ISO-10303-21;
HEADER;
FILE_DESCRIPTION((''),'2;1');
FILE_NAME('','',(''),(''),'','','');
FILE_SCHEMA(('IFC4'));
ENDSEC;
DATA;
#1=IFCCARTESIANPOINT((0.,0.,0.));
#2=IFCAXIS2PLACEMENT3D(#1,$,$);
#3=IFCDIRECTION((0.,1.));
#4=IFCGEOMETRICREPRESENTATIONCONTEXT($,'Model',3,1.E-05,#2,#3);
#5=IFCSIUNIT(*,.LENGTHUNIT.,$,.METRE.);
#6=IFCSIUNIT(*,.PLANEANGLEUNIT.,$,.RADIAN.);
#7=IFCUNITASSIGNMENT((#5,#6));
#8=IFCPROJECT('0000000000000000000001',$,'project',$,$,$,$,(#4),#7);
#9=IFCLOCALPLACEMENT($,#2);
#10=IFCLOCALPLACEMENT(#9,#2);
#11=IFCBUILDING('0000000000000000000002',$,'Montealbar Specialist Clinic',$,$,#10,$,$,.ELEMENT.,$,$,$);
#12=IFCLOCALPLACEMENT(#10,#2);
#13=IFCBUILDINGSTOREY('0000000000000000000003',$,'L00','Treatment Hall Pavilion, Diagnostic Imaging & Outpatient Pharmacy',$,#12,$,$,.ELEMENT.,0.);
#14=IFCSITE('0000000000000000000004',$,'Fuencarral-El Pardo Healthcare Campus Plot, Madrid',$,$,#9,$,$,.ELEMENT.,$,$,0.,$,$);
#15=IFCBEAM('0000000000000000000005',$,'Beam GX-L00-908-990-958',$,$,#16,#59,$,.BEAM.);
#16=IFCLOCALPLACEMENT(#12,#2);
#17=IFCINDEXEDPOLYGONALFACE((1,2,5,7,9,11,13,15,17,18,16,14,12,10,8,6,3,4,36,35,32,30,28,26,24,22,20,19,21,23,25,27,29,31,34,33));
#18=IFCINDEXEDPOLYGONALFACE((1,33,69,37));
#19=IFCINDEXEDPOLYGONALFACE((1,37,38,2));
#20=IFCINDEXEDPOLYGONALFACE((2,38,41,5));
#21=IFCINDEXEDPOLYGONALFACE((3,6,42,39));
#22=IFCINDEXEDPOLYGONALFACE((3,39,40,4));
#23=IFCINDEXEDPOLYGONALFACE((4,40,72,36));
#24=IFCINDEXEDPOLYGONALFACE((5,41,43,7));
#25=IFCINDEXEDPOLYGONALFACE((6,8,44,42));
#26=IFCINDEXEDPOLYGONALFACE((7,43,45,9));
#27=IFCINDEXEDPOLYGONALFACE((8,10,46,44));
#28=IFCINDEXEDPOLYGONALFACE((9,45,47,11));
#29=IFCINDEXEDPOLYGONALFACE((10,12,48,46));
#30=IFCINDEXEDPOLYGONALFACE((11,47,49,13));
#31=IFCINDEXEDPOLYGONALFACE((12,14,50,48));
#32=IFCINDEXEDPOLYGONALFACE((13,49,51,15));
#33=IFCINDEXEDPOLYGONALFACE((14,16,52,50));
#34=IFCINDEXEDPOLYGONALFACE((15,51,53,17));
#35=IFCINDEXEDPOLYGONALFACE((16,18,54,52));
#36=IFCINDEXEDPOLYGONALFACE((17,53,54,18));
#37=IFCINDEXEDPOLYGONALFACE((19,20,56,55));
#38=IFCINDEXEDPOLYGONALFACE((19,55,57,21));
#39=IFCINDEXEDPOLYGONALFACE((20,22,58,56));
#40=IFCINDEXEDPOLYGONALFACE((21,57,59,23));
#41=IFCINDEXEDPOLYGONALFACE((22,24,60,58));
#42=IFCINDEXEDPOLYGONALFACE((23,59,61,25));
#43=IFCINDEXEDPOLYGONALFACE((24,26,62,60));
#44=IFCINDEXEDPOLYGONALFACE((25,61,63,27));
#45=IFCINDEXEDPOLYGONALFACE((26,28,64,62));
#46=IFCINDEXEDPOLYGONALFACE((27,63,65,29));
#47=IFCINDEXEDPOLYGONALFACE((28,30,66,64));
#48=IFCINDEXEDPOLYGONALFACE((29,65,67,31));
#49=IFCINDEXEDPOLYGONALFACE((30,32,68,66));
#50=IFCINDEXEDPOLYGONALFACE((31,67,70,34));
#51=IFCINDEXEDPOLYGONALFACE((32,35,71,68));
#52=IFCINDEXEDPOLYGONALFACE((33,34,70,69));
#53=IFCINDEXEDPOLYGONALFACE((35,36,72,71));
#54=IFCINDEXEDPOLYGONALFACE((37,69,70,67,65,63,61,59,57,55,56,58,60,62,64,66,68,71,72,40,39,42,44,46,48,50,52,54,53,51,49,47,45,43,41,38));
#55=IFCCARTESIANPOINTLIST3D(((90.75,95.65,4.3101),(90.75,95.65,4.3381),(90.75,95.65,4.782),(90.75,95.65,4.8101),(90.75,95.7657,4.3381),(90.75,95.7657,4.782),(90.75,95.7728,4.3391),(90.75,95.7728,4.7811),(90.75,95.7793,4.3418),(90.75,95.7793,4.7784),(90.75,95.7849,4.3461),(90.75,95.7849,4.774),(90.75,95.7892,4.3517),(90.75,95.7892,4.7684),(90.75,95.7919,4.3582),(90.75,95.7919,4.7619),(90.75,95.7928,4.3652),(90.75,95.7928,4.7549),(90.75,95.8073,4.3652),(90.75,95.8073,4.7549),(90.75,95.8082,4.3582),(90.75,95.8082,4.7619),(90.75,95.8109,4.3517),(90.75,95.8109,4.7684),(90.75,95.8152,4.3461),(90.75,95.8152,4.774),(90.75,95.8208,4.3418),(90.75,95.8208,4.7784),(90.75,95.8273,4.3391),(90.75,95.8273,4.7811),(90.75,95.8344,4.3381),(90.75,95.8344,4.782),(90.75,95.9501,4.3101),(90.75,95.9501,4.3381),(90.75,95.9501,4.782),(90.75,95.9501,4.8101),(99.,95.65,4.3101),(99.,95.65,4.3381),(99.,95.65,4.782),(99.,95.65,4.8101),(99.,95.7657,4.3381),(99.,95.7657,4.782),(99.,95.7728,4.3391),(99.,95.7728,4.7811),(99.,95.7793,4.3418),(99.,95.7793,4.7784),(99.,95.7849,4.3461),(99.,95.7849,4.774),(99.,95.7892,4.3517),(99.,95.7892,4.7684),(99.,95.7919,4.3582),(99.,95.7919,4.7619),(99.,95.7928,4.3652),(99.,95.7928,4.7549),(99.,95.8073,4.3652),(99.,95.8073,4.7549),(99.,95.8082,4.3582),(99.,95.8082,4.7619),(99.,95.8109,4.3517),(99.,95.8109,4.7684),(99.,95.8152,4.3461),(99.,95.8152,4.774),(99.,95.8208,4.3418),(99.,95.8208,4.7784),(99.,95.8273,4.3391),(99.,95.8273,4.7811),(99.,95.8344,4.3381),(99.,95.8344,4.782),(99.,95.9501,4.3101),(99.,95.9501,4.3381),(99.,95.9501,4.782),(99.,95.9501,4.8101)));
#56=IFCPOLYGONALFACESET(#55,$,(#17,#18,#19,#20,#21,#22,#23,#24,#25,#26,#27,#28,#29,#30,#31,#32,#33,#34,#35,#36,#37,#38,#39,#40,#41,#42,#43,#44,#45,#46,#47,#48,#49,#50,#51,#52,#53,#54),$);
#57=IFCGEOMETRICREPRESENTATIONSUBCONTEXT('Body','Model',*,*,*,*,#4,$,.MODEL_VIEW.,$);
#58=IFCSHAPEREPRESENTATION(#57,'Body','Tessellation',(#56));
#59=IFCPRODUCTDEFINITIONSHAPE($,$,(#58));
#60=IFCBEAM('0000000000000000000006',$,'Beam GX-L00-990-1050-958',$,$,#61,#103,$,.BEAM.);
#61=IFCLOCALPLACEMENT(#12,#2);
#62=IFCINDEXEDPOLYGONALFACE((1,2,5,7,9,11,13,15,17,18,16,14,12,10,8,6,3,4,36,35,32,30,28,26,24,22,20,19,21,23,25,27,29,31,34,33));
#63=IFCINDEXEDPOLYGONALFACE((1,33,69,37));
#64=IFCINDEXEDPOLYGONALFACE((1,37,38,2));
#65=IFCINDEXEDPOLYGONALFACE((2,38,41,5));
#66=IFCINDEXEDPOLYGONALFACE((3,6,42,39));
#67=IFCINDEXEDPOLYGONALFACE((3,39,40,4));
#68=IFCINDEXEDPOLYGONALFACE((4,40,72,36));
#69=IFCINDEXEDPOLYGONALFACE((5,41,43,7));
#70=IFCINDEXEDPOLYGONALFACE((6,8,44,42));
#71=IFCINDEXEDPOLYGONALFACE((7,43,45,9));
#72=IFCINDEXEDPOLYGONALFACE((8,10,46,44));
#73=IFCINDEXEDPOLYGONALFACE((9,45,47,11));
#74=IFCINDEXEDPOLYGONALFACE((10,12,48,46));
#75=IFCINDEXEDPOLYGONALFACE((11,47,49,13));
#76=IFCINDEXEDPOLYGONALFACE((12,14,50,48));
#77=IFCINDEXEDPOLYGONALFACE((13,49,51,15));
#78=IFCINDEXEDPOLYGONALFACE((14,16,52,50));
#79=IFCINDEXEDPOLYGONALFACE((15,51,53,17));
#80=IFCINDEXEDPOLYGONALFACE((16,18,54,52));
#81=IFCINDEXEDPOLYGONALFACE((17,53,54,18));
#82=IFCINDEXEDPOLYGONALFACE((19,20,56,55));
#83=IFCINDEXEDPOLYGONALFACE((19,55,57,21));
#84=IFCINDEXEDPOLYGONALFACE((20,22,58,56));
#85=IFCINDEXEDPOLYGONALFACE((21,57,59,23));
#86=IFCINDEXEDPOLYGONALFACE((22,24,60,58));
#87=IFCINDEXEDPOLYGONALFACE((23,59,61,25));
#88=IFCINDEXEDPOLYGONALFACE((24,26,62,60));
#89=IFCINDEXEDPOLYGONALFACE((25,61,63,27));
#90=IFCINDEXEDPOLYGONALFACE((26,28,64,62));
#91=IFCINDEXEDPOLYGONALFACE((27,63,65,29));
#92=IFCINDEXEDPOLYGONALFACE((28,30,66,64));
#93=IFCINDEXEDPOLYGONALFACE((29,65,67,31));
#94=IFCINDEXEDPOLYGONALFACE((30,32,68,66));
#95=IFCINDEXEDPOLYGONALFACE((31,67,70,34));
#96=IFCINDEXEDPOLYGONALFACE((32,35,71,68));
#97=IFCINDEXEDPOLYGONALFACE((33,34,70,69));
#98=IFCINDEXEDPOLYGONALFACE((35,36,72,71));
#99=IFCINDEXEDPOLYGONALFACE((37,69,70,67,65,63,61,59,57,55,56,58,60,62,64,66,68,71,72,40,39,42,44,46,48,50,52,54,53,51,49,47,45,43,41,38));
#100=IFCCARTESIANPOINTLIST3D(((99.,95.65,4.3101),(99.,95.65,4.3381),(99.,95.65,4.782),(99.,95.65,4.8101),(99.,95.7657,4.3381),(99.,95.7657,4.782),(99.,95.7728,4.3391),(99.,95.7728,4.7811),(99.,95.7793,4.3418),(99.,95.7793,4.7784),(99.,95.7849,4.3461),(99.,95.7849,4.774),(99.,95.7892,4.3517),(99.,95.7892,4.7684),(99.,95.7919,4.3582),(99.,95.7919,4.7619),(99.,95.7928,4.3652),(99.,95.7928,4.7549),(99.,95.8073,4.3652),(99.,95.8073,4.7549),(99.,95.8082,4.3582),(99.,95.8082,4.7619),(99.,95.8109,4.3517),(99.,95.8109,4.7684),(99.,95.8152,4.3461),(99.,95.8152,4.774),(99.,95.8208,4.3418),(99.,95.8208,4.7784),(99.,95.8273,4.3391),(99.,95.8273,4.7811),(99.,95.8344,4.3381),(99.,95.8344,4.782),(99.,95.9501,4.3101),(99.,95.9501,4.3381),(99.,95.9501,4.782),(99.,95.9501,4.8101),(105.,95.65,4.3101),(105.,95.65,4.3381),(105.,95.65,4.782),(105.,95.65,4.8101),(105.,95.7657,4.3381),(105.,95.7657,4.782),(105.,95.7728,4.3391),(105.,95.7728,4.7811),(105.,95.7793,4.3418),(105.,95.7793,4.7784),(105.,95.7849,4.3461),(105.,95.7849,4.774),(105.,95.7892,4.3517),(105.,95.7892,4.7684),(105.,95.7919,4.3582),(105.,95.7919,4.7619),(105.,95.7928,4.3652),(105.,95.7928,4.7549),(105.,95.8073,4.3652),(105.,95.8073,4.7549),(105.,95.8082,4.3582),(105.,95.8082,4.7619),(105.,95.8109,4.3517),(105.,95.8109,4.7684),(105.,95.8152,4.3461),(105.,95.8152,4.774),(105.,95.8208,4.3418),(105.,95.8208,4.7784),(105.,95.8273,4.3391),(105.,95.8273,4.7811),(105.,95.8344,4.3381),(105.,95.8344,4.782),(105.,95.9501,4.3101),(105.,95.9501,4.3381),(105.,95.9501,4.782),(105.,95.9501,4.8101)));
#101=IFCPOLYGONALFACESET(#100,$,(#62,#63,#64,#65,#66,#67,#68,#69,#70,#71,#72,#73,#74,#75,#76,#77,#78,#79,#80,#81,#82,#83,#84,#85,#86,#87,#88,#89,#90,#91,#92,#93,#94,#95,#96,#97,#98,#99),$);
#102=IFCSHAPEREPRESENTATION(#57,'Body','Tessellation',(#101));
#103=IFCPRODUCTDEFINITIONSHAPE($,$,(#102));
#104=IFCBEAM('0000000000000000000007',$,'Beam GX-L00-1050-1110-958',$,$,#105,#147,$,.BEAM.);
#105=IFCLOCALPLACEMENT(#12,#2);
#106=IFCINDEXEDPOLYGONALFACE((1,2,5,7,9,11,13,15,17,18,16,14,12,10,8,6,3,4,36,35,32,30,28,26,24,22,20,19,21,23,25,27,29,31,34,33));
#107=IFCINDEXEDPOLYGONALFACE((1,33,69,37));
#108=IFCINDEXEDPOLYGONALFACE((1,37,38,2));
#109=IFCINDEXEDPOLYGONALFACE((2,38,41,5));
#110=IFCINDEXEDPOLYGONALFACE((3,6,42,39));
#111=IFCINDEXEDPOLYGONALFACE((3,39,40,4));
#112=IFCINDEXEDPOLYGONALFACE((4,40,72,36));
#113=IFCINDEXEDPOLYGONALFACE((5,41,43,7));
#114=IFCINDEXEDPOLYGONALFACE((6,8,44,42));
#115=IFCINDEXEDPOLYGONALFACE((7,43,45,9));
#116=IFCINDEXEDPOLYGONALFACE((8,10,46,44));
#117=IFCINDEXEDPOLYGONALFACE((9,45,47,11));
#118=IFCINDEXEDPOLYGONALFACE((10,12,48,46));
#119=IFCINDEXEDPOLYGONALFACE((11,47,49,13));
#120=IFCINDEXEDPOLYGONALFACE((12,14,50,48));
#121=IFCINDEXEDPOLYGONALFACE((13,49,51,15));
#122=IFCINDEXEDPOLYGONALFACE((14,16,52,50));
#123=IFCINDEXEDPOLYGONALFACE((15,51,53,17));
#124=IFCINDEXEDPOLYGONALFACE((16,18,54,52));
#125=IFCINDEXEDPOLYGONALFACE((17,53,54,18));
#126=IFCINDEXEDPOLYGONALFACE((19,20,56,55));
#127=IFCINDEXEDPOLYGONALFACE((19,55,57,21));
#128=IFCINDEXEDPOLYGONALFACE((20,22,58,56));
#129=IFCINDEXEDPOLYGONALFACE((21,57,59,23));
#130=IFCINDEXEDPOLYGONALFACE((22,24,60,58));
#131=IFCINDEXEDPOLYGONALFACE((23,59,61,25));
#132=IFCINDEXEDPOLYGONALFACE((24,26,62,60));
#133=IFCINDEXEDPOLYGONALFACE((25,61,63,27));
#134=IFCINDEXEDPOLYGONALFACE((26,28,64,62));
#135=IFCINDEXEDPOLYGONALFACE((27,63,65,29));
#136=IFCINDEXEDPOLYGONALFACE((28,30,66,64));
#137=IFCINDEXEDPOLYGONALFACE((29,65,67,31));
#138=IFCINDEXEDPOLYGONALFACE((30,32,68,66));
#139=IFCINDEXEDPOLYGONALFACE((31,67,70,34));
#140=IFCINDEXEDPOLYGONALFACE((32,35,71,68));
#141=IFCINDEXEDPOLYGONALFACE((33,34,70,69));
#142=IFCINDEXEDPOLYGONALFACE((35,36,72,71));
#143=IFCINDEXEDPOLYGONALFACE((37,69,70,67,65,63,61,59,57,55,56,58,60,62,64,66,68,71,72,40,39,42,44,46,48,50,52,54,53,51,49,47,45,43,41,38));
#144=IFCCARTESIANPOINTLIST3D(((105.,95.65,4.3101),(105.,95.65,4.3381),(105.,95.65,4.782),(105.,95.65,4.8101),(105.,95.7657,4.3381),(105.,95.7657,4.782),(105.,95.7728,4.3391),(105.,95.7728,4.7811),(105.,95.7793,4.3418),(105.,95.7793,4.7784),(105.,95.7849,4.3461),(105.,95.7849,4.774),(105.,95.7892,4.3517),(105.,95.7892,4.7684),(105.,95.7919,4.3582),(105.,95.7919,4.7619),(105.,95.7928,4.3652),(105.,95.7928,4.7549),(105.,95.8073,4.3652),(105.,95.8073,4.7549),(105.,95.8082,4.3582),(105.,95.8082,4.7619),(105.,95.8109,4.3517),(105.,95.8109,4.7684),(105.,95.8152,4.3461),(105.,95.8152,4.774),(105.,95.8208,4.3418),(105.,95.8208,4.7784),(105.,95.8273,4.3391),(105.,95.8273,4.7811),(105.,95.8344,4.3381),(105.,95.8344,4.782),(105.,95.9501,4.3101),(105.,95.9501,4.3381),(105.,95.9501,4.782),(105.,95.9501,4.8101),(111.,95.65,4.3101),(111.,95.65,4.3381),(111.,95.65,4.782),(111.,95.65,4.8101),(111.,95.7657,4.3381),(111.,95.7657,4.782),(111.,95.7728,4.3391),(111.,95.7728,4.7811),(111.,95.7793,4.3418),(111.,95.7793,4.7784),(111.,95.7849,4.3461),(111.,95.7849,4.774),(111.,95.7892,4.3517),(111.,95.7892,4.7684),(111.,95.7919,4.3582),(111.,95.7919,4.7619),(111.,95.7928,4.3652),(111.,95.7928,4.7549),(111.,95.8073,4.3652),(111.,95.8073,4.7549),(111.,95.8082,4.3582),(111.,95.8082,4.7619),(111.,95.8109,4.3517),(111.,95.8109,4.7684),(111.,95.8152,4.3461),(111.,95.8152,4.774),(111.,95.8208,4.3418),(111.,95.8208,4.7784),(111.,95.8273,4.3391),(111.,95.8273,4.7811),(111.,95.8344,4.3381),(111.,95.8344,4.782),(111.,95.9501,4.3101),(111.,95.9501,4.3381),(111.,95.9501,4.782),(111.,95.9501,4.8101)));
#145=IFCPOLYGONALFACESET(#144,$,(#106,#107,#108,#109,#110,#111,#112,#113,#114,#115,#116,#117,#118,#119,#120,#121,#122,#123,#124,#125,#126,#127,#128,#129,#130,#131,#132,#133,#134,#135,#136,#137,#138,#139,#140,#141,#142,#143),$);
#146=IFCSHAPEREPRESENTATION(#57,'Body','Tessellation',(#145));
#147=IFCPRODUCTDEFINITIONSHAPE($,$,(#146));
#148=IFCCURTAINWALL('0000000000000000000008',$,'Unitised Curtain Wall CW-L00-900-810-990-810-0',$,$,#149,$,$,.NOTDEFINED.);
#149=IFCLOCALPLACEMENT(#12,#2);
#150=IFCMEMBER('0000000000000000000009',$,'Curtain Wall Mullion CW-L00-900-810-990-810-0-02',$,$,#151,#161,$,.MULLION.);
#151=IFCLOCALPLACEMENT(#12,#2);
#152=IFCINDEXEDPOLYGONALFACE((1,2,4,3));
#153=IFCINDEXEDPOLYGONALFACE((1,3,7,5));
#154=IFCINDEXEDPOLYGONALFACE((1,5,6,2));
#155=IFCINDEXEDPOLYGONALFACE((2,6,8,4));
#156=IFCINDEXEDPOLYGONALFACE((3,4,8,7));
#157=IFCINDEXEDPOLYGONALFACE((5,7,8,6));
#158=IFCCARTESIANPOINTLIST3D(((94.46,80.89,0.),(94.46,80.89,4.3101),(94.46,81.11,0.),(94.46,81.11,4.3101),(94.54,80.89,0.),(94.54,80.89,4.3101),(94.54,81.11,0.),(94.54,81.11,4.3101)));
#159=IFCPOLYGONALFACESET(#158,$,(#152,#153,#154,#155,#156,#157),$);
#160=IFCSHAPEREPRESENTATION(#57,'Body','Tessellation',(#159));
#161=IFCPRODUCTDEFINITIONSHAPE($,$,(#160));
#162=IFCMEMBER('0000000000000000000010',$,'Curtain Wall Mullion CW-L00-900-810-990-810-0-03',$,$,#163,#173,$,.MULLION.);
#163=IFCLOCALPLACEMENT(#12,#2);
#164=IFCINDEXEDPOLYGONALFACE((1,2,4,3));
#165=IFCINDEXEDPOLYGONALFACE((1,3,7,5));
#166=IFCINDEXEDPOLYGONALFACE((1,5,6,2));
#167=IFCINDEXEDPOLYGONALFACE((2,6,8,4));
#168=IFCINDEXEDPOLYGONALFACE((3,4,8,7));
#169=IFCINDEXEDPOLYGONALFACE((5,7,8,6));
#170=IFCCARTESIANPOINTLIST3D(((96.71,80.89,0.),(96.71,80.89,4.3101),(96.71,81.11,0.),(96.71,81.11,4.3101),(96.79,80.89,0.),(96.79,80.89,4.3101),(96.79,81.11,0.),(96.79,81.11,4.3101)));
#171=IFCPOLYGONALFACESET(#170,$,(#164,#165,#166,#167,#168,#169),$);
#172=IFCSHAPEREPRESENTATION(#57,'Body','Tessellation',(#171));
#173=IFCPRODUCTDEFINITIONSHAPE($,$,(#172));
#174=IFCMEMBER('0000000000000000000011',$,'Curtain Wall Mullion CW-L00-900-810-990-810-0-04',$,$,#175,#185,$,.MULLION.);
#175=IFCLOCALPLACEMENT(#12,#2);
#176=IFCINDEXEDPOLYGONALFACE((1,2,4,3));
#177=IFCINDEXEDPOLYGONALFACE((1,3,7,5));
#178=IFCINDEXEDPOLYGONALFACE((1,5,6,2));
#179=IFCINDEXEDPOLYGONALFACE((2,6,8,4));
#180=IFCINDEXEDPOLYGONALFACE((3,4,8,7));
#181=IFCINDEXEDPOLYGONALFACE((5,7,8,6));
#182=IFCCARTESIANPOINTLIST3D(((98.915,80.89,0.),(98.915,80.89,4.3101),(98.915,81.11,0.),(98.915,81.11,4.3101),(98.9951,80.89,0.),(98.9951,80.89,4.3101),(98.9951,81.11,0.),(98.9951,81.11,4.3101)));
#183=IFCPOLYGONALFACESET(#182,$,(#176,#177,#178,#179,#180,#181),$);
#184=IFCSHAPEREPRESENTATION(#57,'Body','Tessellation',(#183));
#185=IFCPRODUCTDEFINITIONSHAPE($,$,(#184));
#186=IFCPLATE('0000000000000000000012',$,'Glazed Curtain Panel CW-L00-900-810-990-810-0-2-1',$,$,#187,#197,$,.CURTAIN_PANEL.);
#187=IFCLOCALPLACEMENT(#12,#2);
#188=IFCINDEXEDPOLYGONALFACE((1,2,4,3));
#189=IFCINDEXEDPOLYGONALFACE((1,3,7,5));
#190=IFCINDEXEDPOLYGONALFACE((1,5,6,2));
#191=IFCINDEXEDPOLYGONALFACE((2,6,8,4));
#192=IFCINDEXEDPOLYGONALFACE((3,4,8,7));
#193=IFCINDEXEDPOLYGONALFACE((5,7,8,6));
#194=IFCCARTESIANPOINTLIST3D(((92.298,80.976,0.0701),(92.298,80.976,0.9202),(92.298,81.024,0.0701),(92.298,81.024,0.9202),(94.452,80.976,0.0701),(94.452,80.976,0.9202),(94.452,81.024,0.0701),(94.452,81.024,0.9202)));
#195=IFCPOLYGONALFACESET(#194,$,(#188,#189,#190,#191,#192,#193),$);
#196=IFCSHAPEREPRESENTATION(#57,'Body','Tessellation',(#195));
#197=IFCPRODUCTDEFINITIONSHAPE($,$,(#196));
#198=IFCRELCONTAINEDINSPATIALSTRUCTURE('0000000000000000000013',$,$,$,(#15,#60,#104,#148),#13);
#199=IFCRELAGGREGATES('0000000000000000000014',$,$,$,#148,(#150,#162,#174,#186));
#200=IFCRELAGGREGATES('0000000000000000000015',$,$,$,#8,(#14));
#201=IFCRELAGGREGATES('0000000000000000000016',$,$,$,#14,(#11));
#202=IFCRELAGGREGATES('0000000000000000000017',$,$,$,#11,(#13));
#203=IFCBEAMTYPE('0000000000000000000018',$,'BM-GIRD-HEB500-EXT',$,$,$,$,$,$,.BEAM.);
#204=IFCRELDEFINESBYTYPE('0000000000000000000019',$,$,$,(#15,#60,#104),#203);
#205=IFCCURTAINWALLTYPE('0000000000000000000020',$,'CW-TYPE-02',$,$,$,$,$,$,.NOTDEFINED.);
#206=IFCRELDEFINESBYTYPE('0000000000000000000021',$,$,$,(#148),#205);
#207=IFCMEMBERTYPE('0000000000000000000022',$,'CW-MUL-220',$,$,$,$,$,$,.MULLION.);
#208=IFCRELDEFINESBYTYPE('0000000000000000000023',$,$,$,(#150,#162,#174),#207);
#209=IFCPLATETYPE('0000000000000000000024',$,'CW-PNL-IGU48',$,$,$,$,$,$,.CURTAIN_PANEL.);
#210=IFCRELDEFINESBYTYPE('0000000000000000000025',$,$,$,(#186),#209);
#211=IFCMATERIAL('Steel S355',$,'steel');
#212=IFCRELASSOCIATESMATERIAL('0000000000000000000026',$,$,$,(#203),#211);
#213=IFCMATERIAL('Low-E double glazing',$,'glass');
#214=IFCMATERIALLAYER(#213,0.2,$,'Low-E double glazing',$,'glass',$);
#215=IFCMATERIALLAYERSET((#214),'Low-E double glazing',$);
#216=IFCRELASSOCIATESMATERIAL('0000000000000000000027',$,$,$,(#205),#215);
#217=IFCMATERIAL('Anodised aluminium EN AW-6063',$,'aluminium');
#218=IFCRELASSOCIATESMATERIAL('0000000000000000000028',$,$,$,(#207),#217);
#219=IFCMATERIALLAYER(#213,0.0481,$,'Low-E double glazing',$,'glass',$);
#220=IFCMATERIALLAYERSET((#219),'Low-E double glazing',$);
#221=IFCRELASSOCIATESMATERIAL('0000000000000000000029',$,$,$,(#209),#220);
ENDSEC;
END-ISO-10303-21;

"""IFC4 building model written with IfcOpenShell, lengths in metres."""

from ifc_helpers import new_model, si_unit, direction, frame, origin, origin_2d, place, context, subcontext, project, spatial, rectangle, i_section, extrude, material, layer, layer_set, material_profile, profile_set, type_object, element, aggregate, save


model = new_model("IFC4")

# Units and contexts
model_context = context("Model", 3, precision=1e-05, world=origin(), true_north=direction((0.0, 1.0)))
body_context = subcontext(model_context, "Body", "Model", "MODEL_VIEW")
ifc_project = project(units=[si_unit("LENGTHUNIT", "METRE"), si_unit("PLANEANGLEUNIT", "RADIAN")], contexts=[model_context])

# Site, building, storey
site_placement = place(None, origin())
site = spatial("IfcSite", under=ifc_project, at=site_placement, Name="Fuencarral-El Pardo Healthcare Campus Plot, Madrid", CompositionType="ELEMENT", RefElevation=0.0)
building_placement = place(site_placement, origin())
building = spatial("IfcBuilding", under=site, at=building_placement, Name="Montealbar Specialist Clinic", CompositionType="ELEMENT")
storey_placement = place(building_placement, origin())
storey = spatial("IfcBuildingStorey", under=building, at=storey_placement, Name="L00", Description="Treatment Hall Pavilion, Diagnostic Imaging & Outpatient Pharmacy", CompositionType="ELEMENT", Elevation=0.0)

# Shared definitions
ifc_material_1 = material(Name="Steel S355", Category="steel")

# Beams
ifc_material_profile_1 = material_profile(ifc_material_1, i_section(OverallWidth=0.3, OverallDepth=0.5, WebThickness=0.0144, FlangeThickness=0.0281, FilletRadius=0.0271, at=origin_2d()), Name="HEB 500", Category="steel")
ifc_profile_set_1 = profile_set([ifc_material_profile_1], Name="Steel S355")
beam_type_1 = type_object("IfcBeamType", Name="BM-GIRD-HEB500-EXT", PredefinedType="BEAM", material=ifc_profile_set_1)
beam_placement = place(storey_placement, frame((90.75, 95.8, 4.5601), z_axis=(1.0, 0.0, 0.0), x_axis=(0.0, 1.0, 0.0)))
element("IfcBeam", 1, at=beam_placement, inside=storey, type_object=beam_type_1, Name="Beam GX-L00-908-990-958", PredefinedType="BEAM", context=body_context, shape_type="SweptSolid", body=[
    extrude(i_section(OverallWidth=0.3, OverallDepth=0.5, WebThickness=0.0144, FlangeThickness=0.0281, FilletRadius=0.0271, at=origin_2d()), origin(), (0.0, 0.0, 1.0), 8.25),
])
for number, where, z_axis, x_axis, name in (
    (2, (99.0, 95.8, 4.5601), (1.0, 0.0, 0.0), (0.0, 1.0, 0.0), "Beam GX-L00-990-1050-958"),
    (3, (105.0, 95.8, 4.5601), (1.0, 0.0, 0.0), (0.0, 1.0, 0.0), "Beam GX-L00-1050-1110-958"),
):
    element("IfcBeam", number, at=place(storey_placement, frame(where, z_axis=z_axis, x_axis=x_axis)), inside=storey, type_object=beam_type_1, Name=name, PredefinedType="BEAM", context=body_context, shape_type="SweptSolid", body=[
        extrude(i_section(OverallWidth=0.3, OverallDepth=0.5, WebThickness=0.0144, FlangeThickness=0.0281, FilletRadius=0.0271, at=origin_2d()), origin(), (0.0, 0.0, 1.0), 6.0),
    ])

# Curtain wall, members, plate
ifc_material_2 = material(Name="Low-E double glazing", Category="glass")
ifc_layer_1 = layer(ifc_material_2, 0.2, Name="Low-E double glazing", Category="glass")
ifc_layer_set_1 = layer_set([ifc_layer_1], Name="Low-E double glazing")
curtain_wall_type = type_object("IfcCurtainWallType", Name="CW-TYPE-02", PredefinedType="NOTDEFINED", material=ifc_layer_set_1)
curtain_wall_placement = place(storey_placement, origin())
curtain_wall = element("IfcCurtainWall", 4, at=curtain_wall_placement, inside=storey, type_object=curtain_wall_type, Name="Unitised Curtain Wall CW-L00-900-810-990-810-0", PredefinedType="NOTDEFINED")
ifc_material_3 = material(Name="Anodised aluminium EN AW-6063", Category="aluminium")
ifc_material_profile_2 = material_profile(ifc_material_3, rectangle(XDim=0.0801, YDim=0.22, at=origin_2d()), Name="ALU 80x220", Category="aluminium")
ifc_profile_set_2 = profile_set([ifc_material_profile_2], Name="Anodised aluminium EN AW-6063")
member_type = type_object("IfcMemberType", Name="CW-MUL-220", PredefinedType="MULLION", material=ifc_profile_set_2)
member_1_placement = place(storey_placement, frame((94.5, 81.0, 0.0), z_axis=(0.0, 0.0, 1.0), x_axis=(1.0, 0.0, 0.0)))
member_1 = element("IfcMember", 5, at=member_1_placement, type_object=member_type, Name="Curtain Wall Mullion CW-L00-900-810-990-810-0-02", PredefinedType="MULLION", context=body_context, shape_type="SweptSolid", body=[
    extrude(rectangle(XDim=0.0801, YDim=0.22, at=origin_2d()), origin(), (0.0, 0.0, 1.0), 4.3101),
])
member_2_placement = place(storey_placement, frame((96.75, 81.0, 0.0), z_axis=(0.0, 0.0, 1.0), x_axis=(1.0, 0.0, 0.0)))
member_2 = element("IfcMember", 6, at=member_2_placement, type_object=member_type, Name="Curtain Wall Mullion CW-L00-900-810-990-810-0-03", PredefinedType="MULLION", context=body_context, shape_type="SweptSolid", body=[
    extrude(rectangle(XDim=0.0801, YDim=0.22, at=origin_2d()), origin(), (0.0, 0.0, 1.0), 4.3101),
])
member_3_placement = place(storey_placement, frame((98.9551, 81.0, 0.0), z_axis=(0.0, 0.0, 1.0), x_axis=(1.0, 0.0, 0.0)))
member_3 = element("IfcMember", 7, at=member_3_placement, type_object=member_type, Name="Curtain Wall Mullion CW-L00-900-810-990-810-0-04", PredefinedType="MULLION", context=body_context, shape_type="SweptSolid", body=[
    extrude(rectangle(XDim=0.0801, YDim=0.22, at=origin_2d()), origin(), (0.0, 0.0, 1.0), 4.3101),
])
ifc_layer_2 = layer(ifc_material_2, 0.0481, Name="Low-E double glazing", Category="glass")
ifc_layer_set_2 = layer_set([ifc_layer_2], Name="Low-E double glazing")
plate_type = type_object("IfcPlateType", Name="CW-PNL-IGU48", PredefinedType="CURTAIN_PANEL", material=ifc_layer_set_2)
plate_1_placement = place(storey_placement, frame((93.375, 81.0, 0.0701), z_axis=(0.0, 0.0, 1.0), x_axis=(1.0, 0.0, 0.0)))
plate_1 = element("IfcPlate", 8, at=plate_1_placement, type_object=plate_type, Name="Glazed Curtain Panel CW-L00-900-810-990-810-0-2-1", PredefinedType="CURTAIN_PANEL", context=body_context, shape_type="SweptSolid", body=[
    extrude(rectangle(XDim=2.1541, YDim=0.0481, at=origin_2d()), origin(), (0.0, 0.0, 1.0), 0.8501),
])
aggregate(curtain_wall, [member_1, member_2, member_3, plate_1])

save(model, "model.ifc")
